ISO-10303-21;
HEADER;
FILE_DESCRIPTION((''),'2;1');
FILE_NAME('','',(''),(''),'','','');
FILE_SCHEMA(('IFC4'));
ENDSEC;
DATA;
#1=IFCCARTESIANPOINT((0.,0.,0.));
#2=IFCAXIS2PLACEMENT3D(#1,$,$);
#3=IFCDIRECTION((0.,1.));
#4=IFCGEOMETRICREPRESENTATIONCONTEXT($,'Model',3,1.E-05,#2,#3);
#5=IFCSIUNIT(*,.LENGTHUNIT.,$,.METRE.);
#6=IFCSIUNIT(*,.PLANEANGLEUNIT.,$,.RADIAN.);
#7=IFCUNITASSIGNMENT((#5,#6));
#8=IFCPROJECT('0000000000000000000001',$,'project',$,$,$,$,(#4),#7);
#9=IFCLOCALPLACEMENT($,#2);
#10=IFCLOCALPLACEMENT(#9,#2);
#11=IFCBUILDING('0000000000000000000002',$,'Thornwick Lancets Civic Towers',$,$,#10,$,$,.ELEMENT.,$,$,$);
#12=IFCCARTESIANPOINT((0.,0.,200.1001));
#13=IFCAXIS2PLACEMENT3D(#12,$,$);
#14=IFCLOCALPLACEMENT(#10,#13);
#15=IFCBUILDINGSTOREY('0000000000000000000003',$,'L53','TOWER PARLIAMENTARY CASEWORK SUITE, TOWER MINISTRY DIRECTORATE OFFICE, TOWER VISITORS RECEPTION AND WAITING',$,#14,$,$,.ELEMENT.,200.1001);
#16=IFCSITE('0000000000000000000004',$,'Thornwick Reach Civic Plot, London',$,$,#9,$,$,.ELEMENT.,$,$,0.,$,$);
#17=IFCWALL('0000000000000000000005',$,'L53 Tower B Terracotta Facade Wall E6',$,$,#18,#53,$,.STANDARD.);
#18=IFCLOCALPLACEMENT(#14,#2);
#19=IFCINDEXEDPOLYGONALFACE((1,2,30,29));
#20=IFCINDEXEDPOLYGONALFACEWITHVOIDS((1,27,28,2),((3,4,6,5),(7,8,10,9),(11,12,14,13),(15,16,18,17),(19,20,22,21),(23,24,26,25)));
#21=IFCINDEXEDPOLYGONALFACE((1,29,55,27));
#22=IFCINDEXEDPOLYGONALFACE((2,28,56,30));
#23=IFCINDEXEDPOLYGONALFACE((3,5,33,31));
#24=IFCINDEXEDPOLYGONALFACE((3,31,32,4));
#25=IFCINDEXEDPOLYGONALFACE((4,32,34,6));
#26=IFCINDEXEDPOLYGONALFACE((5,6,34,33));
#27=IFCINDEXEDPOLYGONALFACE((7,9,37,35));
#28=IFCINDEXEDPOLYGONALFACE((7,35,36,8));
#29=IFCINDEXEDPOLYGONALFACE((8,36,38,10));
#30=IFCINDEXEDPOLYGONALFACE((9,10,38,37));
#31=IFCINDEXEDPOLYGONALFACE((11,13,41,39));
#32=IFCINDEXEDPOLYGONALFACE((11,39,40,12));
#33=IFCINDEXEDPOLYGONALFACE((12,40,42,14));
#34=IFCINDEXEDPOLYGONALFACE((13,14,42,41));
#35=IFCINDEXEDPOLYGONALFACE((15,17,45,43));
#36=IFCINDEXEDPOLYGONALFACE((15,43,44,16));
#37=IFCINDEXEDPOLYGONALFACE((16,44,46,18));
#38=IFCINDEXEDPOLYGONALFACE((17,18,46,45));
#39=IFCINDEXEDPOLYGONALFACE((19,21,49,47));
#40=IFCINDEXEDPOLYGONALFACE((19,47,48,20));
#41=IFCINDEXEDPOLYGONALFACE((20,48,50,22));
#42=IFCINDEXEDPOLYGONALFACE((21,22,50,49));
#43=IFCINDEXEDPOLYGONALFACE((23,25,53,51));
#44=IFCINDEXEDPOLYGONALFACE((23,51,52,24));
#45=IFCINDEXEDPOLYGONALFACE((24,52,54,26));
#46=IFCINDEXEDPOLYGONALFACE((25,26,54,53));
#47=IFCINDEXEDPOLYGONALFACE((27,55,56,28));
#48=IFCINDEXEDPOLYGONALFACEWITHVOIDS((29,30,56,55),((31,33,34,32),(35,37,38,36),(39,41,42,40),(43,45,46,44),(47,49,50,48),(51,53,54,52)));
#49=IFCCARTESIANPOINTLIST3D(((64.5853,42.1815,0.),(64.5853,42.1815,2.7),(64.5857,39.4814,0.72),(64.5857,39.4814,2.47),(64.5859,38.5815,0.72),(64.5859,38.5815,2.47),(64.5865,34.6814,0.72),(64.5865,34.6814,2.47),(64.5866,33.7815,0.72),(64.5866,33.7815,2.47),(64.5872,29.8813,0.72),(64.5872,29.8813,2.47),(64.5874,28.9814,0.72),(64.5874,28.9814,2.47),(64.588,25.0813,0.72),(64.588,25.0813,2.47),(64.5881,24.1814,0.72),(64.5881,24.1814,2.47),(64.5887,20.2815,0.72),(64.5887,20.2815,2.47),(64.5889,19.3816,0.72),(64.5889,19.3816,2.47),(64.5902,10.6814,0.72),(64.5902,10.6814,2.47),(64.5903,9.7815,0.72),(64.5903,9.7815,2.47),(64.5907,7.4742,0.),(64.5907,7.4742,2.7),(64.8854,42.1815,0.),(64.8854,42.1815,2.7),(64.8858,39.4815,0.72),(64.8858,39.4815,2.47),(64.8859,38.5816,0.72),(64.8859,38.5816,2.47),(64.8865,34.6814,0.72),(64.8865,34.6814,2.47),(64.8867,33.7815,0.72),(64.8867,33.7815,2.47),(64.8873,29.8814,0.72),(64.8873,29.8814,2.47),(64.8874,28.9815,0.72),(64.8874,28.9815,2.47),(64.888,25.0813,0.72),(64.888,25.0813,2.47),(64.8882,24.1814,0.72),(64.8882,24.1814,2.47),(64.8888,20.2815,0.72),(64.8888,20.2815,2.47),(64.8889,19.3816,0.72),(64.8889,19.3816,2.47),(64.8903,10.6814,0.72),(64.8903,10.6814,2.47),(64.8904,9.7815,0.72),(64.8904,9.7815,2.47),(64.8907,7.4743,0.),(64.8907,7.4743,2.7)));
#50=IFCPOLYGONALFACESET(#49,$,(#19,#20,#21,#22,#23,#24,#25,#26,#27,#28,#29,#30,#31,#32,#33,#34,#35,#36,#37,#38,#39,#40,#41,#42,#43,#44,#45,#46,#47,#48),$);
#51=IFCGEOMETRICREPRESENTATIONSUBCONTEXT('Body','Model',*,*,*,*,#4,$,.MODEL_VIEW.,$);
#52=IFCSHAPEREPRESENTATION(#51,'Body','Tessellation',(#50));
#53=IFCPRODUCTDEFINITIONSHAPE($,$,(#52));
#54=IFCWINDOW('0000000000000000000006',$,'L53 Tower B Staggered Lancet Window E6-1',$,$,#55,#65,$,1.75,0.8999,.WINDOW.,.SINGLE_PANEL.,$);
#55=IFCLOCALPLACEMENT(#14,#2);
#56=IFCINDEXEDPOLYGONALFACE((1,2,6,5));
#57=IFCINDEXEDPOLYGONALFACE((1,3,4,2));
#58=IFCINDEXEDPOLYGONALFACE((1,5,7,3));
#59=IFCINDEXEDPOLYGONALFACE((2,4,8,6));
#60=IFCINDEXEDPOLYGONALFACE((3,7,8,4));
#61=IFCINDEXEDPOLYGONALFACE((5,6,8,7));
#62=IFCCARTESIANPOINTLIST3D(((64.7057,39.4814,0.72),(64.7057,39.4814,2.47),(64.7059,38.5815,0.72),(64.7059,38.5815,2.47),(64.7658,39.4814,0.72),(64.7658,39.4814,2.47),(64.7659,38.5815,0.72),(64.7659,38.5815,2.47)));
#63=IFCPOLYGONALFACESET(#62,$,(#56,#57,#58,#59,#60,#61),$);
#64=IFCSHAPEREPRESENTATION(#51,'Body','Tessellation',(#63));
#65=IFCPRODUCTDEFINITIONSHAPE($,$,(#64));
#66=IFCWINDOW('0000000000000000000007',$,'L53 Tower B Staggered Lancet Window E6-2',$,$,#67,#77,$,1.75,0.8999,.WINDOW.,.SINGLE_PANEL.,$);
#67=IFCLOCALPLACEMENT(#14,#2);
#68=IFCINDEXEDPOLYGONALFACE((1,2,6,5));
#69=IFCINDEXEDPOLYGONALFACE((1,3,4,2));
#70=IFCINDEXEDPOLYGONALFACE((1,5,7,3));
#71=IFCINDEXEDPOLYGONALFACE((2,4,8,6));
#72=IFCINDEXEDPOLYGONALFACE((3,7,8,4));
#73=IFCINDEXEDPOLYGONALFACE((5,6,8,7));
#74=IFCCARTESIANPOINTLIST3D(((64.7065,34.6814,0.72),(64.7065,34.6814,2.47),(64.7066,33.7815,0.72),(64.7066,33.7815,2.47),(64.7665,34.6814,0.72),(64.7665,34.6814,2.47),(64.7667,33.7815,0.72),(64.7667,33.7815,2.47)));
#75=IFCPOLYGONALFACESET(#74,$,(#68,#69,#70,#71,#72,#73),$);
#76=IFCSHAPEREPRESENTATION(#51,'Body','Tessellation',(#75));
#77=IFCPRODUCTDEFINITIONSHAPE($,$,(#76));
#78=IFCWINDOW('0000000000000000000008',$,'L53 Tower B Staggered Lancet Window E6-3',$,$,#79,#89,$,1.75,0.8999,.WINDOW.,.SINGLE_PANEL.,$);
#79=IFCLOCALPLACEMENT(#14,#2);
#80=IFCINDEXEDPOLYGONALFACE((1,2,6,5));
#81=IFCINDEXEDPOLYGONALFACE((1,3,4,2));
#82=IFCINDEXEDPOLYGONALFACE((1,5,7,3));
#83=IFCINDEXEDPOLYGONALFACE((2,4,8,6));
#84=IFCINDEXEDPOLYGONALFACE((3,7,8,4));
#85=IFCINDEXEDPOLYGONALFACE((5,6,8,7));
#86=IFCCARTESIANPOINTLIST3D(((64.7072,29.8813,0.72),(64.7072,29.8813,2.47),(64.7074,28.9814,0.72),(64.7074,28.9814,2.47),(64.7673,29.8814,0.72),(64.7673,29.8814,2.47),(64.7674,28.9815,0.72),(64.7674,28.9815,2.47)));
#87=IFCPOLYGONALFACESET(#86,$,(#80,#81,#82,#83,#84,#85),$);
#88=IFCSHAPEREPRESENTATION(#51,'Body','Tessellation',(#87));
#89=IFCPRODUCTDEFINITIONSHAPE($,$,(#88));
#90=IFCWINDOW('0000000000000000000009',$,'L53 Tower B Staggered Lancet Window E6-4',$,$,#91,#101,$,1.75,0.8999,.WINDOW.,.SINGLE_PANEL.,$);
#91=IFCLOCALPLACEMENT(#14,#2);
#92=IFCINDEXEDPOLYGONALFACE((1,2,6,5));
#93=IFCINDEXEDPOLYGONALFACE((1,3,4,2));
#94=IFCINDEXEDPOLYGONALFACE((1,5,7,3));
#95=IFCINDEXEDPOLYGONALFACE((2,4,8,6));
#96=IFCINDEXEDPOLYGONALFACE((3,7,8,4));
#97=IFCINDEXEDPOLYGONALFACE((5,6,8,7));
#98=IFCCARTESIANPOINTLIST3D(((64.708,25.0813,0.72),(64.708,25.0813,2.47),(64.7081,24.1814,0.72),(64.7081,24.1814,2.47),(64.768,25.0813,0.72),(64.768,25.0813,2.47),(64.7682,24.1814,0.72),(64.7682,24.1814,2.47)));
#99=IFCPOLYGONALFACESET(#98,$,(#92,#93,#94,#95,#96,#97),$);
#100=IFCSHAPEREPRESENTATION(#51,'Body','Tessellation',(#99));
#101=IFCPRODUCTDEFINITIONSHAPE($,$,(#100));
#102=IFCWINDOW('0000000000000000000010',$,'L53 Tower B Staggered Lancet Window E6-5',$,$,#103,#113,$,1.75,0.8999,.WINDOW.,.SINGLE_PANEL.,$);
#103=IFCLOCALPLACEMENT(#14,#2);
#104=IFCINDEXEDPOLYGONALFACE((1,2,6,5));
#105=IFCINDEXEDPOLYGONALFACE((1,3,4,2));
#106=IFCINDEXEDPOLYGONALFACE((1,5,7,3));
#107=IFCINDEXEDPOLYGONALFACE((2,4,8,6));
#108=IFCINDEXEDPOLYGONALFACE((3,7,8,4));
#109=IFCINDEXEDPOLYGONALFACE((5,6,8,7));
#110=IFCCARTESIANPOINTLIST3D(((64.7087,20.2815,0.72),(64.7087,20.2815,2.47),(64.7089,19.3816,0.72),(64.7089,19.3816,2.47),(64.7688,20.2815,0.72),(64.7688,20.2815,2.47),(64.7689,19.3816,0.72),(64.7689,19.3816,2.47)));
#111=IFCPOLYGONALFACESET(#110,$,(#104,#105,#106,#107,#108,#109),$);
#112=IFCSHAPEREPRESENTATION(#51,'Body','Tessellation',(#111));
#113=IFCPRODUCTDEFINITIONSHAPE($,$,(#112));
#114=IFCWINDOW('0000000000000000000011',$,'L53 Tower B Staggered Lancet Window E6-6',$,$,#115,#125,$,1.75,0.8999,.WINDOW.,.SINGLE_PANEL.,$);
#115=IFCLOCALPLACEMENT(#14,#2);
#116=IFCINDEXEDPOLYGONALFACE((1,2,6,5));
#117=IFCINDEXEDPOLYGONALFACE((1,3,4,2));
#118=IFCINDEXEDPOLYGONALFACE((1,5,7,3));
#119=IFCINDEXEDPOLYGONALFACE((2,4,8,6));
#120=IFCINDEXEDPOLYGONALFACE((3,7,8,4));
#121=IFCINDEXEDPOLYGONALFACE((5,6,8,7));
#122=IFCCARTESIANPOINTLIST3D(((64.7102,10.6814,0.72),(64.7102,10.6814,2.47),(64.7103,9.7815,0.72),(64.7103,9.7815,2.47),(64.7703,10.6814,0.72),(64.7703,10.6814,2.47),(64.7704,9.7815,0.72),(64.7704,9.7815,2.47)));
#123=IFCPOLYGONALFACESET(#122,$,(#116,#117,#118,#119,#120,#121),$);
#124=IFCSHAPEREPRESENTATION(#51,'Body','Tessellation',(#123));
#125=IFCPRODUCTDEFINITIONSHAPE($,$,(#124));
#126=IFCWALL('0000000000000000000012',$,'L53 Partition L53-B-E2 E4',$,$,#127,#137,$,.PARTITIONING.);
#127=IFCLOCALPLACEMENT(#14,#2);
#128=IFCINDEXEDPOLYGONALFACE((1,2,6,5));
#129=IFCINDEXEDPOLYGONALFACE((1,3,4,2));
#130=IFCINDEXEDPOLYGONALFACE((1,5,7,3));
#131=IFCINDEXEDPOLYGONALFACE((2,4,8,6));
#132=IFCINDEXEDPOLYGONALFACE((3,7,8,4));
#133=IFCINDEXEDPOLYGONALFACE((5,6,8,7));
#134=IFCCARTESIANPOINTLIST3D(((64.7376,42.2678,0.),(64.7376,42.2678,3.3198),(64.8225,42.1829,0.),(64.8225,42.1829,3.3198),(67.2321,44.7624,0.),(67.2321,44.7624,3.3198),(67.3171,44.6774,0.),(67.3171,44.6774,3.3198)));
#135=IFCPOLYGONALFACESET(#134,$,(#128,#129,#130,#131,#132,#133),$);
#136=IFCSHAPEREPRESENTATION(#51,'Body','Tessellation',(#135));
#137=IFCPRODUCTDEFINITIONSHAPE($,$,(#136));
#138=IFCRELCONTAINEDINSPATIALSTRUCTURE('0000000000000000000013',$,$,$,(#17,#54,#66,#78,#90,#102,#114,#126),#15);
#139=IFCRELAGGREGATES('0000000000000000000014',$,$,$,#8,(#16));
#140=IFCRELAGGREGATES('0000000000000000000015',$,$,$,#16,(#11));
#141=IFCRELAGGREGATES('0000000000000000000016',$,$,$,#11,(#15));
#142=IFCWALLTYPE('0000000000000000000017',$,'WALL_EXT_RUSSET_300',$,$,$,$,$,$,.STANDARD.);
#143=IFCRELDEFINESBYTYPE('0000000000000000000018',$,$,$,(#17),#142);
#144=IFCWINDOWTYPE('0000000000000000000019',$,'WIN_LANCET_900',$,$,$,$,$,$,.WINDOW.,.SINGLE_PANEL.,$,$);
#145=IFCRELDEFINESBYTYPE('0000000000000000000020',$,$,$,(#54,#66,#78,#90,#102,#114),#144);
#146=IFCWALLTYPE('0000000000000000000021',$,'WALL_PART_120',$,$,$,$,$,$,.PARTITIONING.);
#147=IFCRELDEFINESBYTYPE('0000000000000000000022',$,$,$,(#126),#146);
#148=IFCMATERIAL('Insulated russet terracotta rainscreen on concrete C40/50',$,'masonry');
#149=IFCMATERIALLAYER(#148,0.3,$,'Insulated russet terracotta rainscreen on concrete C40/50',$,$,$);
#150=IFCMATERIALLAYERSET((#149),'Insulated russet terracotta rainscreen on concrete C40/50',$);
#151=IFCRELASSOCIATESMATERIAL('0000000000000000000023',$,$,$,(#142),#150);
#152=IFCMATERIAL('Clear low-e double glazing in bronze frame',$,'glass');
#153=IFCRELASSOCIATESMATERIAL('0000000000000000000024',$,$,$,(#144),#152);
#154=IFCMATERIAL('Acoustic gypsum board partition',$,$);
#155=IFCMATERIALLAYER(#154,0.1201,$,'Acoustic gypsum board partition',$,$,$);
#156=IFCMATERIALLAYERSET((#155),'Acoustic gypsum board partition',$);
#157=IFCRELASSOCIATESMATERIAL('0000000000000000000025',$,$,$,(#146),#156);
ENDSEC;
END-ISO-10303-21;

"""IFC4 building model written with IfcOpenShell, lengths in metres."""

from ifc_helpers import new_model, si_unit, direction, frame, frame_2d, origin, place, context, subcontext, project, spatial, rectangle, extrude, material, layer, layer_set, type_object, element, fill, save


model = new_model("IFC4")

# Units and contexts
model_context = context("Model", 3, precision=1e-05, world=origin(), true_north=direction((0.0, 1.0)))
body_context = subcontext(model_context, "Body", "Model", "MODEL_VIEW")
ifc_project = project(units=[si_unit("LENGTHUNIT", "METRE"), si_unit("PLANEANGLEUNIT", "RADIAN")], contexts=[model_context])

# Site, building, storey
site_placement = place(None, origin())
site = spatial("IfcSite", under=ifc_project, at=site_placement, Name="Thornwick Reach Civic Plot, London", CompositionType="ELEMENT", RefElevation=0.0)
building_placement = place(site_placement, origin())
building = spatial("IfcBuilding", under=site, at=building_placement, Name="Thornwick Lancets Civic Towers", CompositionType="ELEMENT")
storey_placement = place(building_placement, frame((0.0, 0.0, 200.1001)))
storey = spatial("IfcBuildingStorey", under=building, at=storey_placement, Name="L53", Description="TOWER PARLIAMENTARY CASEWORK SUITE, TOWER MINISTRY DIRECTORATE OFFICE, TOWER VISITORS RECEPTION AND WAITING", CompositionType="ELEMENT", Elevation=200.1001)

# Wall, openings, windows
ifc_material_1 = material(Name="Insulated russet terracotta rainscreen on concrete C40/50", Category="masonry")
ifc_layer_1 = layer(ifc_material_1, 0.3, Name="Insulated russet terracotta rainscreen on concrete C40/50")
ifc_layer_set_1 = layer_set([ifc_layer_1], Name="Insulated russet terracotta rainscreen on concrete C40/50")
wall_type_1 = type_object("IfcWallType", Name="WALL_EXT_RUSSET_300", PredefinedType="STANDARD", material=ifc_layer_set_1)
wall_1_placement = place(storey_placement, frame((64.7354, 42.1814, 0.0), z_axis=(0.0, 0.0, 1.0), x_axis=(0.000155, -1.0, 0.0)))
wall_1 = element("IfcWall", 1, at=wall_1_placement, inside=storey, type_object=wall_type_1, Name="L53 Tower B Terracotta Facade Wall E6", PredefinedType="STANDARD", context=body_context, shape_type="SweptSolid", body=[
    extrude(rectangle(XDim=34.7073, YDim=0.3, at=frame_2d((17.3535, 0.0))), origin(), (0.0, 0.0, 1.0), 2.7),
])
opening_1_placement = place(wall_1_placement, frame((2.7, 0.0, 0.72)))
opening_1 = element("IfcOpeningElement", 2, at=opening_1_placement, cuts=wall_1, PredefinedType="OPENING", context=body_context, shape_type="SweptSolid", body=[
    extrude(rectangle(XDim=0.8999, YDim=1.75, at=frame_2d((0.45, 0.875))), frame((0.0, 0.1602, 0.0), z_axis=(0.0, -1.0, 0.0), x_axis=(1.0, 0.0, 0.0)), (0.0, 0.0, 1.0), 0.3201),
])
opening_2_placement = place(wall_1_placement, frame((7.5, 0.0, 0.72)))
opening_2 = element("IfcOpeningElement", 3, at=opening_2_placement, cuts=wall_1, PredefinedType="OPENING", context=body_context, shape_type="SweptSolid", body=[
    extrude(rectangle(XDim=0.8999, YDim=1.75, at=frame_2d((0.45, 0.875))), frame((0.0, 0.1602, 0.0), z_axis=(0.0, -1.0, 0.0), x_axis=(1.0, 0.0, 0.0)), (0.0, 0.0, 1.0), 0.3201),
])
opening_3_placement = place(wall_1_placement, frame((12.3, 0.0, 0.72)))
opening_3 = element("IfcOpeningElement", 4, at=opening_3_placement, cuts=wall_1, PredefinedType="OPENING", context=body_context, shape_type="SweptSolid", body=[
    extrude(rectangle(XDim=0.8999, YDim=1.75, at=frame_2d((0.45, 0.875))), frame((0.0, 0.1602, 0.0), z_axis=(0.0, -1.0, 0.0), x_axis=(1.0, 0.0, 0.0)), (0.0, 0.0, 1.0), 0.3201),
])
opening_4_placement = place(wall_1_placement, frame((17.1001, 0.0, 0.72)))
opening_4 = element("IfcOpeningElement", 5, at=opening_4_placement, cuts=wall_1, PredefinedType="OPENING", context=body_context, shape_type="SweptSolid", body=[
    extrude(rectangle(XDim=0.8999, YDim=1.75, at=frame_2d((0.45, 0.875))), frame((0.0, 0.1602, 0.0), z_axis=(0.0, -1.0, 0.0), x_axis=(1.0, 0.0, 0.0)), (0.0, 0.0, 1.0), 0.3201),
])
opening_5_placement = place(wall_1_placement, frame((21.8999, 0.0, 0.72)))
opening_5 = element("IfcOpeningElement", 6, at=opening_5_placement, cuts=wall_1, PredefinedType="OPENING", context=body_context, shape_type="SweptSolid", body=[
    extrude(rectangle(XDim=0.8999, YDim=1.75, at=frame_2d((0.45, 0.875))), frame((0.0, 0.1602, 0.0), z_axis=(0.0, -1.0, 0.0), x_axis=(1.0, 0.0, 0.0)), (0.0, 0.0, 1.0), 0.3201),
])
opening_6_placement = place(wall_1_placement, frame((31.5, 0.0, 0.72)))
opening_6 = element("IfcOpeningElement", 7, at=opening_6_placement, cuts=wall_1, PredefinedType="OPENING", context=body_context, shape_type="SweptSolid", body=[
    extrude(rectangle(XDim=0.8999, YDim=1.75, at=frame_2d((0.45, 0.875))), frame((0.0, 0.1602, 0.0), z_axis=(0.0, -1.0, 0.0), x_axis=(1.0, 0.0, 0.0)), (0.0, 0.0, 1.0), 0.3201),
])
ifc_material_2 = material(Name="Clear low-e double glazing in bronze frame", Category="glass")
window_type = type_object("IfcWindowType", Name="WIN_LANCET_900", PartitioningType="SINGLE_PANEL", PredefinedType="WINDOW", material=ifc_material_2)
window_1_placement = place(opening_1_placement, origin())
window_1 = element("IfcWindow", 8, at=window_1_placement, inside=storey, type_object=window_type, Name="L53 Tower B Staggered Lancet Window E6-1", OverallHeight=1.75, OverallWidth=0.8999, PartitioningType="SINGLE_PANEL", PredefinedType="WINDOW", context=body_context, shape_type="SweptSolid", body=[
    extrude(rectangle(XDim=0.8999, YDim=1.75, at=frame_2d((0.45, 0.875))), frame((0.0, 0.03, 0.0), z_axis=(0.0, -1.0, 0.0), x_axis=(1.0, 0.0, 0.0)), (0.0, 0.0, 1.0), 0.0601),
])
fill(opening_1, window_1)
window_2_placement = place(opening_2_placement, origin())
window_2 = element("IfcWindow", 9, at=window_2_placement, inside=storey, type_object=window_type, Name="L53 Tower B Staggered Lancet Window E6-2", OverallHeight=1.75, OverallWidth=0.8999, PartitioningType="SINGLE_PANEL", PredefinedType="WINDOW", context=body_context, shape_type="SweptSolid", body=[
    extrude(rectangle(XDim=0.8999, YDim=1.75, at=frame_2d((0.45, 0.875))), frame((0.0, 0.03, 0.0), z_axis=(0.0, -1.0, 0.0), x_axis=(1.0, 0.0, 0.0)), (0.0, 0.0, 1.0), 0.0601),
])
fill(opening_2, window_2)
window_3_placement = place(opening_3_placement, origin())
window_3 = element("IfcWindow", 10, at=window_3_placement, inside=storey, type_object=window_type, Name="L53 Tower B Staggered Lancet Window E6-3", OverallHeight=1.75, OverallWidth=0.8999, PartitioningType="SINGLE_PANEL", PredefinedType="WINDOW", context=body_context, shape_type="SweptSolid", body=[
    extrude(rectangle(XDim=0.8999, YDim=1.75, at=frame_2d((0.45, 0.875))), frame((0.0, 0.03, 0.0), z_axis=(0.0, -1.0, 0.0), x_axis=(1.0, 0.0, 0.0)), (0.0, 0.0, 1.0), 0.0601),
])
fill(opening_3, window_3)
window_4_placement = place(opening_4_placement, origin())
window_4 = element("IfcWindow", 11, at=window_4_placement, inside=storey, type_object=window_type, Name="L53 Tower B Staggered Lancet Window E6-4", OverallHeight=1.75, OverallWidth=0.8999, PartitioningType="SINGLE_PANEL", PredefinedType="WINDOW", context=body_context, shape_type="SweptSolid", body=[
    extrude(rectangle(XDim=0.8999, YDim=1.75, at=frame_2d((0.45, 0.875))), frame((0.0, 0.03, 0.0), z_axis=(0.0, -1.0, 0.0), x_axis=(1.0, 0.0, 0.0)), (0.0, 0.0, 1.0), 0.0601),
])
fill(opening_4, window_4)
window_5_placement = place(opening_5_placement, origin())
window_5 = element("IfcWindow", 12, at=window_5_placement, inside=storey, type_object=window_type, Name="L53 Tower B Staggered Lancet Window E6-5", OverallHeight=1.75, OverallWidth=0.8999, PartitioningType="SINGLE_PANEL", PredefinedType="WINDOW", context=body_context, shape_type="SweptSolid", body=[
    extrude(rectangle(XDim=0.8999, YDim=1.75, at=frame_2d((0.45, 0.875))), frame((0.0, 0.03, 0.0), z_axis=(0.0, -1.0, 0.0), x_axis=(1.0, 0.0, 0.0)), (0.0, 0.0, 1.0), 0.0601),
])
fill(opening_5, window_5)
window_6_placement = place(opening_6_placement, origin())
window_6 = element("IfcWindow", 13, at=window_6_placement, inside=storey, type_object=window_type, Name="L53 Tower B Staggered Lancet Window E6-6", OverallHeight=1.75, OverallWidth=0.8999, PartitioningType="SINGLE_PANEL", PredefinedType="WINDOW", context=body_context, shape_type="SweptSolid", body=[
    extrude(rectangle(XDim=0.8999, YDim=1.75, at=frame_2d((0.45, 0.875))), frame((0.0, 0.03, 0.0), z_axis=(0.0, -1.0, 0.0), x_axis=(1.0, 0.0, 0.0)), (0.0, 0.0, 1.0), 0.0601),
])
fill(opening_6, window_6)

# Wall
ifc_material_3 = material(Name="Acoustic gypsum board partition")
ifc_layer_2 = layer(ifc_material_3, 0.1201, Name="Acoustic gypsum board partition")
ifc_layer_set_2 = layer_set([ifc_layer_2], Name="Acoustic gypsum board partition")
wall_type_2 = type_object("IfcWallType", Name="WALL_PART_120", PredefinedType="PARTITIONING", material=ifc_layer_set_2)
wall_2_placement = place(storey_placement, frame((64.78, 42.2253, 0.0), z_axis=(0.0, 0.0, 1.0), x_axis=(0.707107, 0.707107, 0.0)))
element("IfcWall", 14, at=wall_2_placement, inside=storey, type_object=wall_type_2, Name="L53 Partition L53-B-E2 E4", PredefinedType="PARTITIONING", context=body_context, shape_type="SweptSolid", body=[
    extrude(rectangle(XDim=3.5278, YDim=0.1201, at=frame_2d((1.7639, 0.0))), origin(), (0.0, 0.0, 1.0), 3.3198),
])

save(model, "model.ifc")
